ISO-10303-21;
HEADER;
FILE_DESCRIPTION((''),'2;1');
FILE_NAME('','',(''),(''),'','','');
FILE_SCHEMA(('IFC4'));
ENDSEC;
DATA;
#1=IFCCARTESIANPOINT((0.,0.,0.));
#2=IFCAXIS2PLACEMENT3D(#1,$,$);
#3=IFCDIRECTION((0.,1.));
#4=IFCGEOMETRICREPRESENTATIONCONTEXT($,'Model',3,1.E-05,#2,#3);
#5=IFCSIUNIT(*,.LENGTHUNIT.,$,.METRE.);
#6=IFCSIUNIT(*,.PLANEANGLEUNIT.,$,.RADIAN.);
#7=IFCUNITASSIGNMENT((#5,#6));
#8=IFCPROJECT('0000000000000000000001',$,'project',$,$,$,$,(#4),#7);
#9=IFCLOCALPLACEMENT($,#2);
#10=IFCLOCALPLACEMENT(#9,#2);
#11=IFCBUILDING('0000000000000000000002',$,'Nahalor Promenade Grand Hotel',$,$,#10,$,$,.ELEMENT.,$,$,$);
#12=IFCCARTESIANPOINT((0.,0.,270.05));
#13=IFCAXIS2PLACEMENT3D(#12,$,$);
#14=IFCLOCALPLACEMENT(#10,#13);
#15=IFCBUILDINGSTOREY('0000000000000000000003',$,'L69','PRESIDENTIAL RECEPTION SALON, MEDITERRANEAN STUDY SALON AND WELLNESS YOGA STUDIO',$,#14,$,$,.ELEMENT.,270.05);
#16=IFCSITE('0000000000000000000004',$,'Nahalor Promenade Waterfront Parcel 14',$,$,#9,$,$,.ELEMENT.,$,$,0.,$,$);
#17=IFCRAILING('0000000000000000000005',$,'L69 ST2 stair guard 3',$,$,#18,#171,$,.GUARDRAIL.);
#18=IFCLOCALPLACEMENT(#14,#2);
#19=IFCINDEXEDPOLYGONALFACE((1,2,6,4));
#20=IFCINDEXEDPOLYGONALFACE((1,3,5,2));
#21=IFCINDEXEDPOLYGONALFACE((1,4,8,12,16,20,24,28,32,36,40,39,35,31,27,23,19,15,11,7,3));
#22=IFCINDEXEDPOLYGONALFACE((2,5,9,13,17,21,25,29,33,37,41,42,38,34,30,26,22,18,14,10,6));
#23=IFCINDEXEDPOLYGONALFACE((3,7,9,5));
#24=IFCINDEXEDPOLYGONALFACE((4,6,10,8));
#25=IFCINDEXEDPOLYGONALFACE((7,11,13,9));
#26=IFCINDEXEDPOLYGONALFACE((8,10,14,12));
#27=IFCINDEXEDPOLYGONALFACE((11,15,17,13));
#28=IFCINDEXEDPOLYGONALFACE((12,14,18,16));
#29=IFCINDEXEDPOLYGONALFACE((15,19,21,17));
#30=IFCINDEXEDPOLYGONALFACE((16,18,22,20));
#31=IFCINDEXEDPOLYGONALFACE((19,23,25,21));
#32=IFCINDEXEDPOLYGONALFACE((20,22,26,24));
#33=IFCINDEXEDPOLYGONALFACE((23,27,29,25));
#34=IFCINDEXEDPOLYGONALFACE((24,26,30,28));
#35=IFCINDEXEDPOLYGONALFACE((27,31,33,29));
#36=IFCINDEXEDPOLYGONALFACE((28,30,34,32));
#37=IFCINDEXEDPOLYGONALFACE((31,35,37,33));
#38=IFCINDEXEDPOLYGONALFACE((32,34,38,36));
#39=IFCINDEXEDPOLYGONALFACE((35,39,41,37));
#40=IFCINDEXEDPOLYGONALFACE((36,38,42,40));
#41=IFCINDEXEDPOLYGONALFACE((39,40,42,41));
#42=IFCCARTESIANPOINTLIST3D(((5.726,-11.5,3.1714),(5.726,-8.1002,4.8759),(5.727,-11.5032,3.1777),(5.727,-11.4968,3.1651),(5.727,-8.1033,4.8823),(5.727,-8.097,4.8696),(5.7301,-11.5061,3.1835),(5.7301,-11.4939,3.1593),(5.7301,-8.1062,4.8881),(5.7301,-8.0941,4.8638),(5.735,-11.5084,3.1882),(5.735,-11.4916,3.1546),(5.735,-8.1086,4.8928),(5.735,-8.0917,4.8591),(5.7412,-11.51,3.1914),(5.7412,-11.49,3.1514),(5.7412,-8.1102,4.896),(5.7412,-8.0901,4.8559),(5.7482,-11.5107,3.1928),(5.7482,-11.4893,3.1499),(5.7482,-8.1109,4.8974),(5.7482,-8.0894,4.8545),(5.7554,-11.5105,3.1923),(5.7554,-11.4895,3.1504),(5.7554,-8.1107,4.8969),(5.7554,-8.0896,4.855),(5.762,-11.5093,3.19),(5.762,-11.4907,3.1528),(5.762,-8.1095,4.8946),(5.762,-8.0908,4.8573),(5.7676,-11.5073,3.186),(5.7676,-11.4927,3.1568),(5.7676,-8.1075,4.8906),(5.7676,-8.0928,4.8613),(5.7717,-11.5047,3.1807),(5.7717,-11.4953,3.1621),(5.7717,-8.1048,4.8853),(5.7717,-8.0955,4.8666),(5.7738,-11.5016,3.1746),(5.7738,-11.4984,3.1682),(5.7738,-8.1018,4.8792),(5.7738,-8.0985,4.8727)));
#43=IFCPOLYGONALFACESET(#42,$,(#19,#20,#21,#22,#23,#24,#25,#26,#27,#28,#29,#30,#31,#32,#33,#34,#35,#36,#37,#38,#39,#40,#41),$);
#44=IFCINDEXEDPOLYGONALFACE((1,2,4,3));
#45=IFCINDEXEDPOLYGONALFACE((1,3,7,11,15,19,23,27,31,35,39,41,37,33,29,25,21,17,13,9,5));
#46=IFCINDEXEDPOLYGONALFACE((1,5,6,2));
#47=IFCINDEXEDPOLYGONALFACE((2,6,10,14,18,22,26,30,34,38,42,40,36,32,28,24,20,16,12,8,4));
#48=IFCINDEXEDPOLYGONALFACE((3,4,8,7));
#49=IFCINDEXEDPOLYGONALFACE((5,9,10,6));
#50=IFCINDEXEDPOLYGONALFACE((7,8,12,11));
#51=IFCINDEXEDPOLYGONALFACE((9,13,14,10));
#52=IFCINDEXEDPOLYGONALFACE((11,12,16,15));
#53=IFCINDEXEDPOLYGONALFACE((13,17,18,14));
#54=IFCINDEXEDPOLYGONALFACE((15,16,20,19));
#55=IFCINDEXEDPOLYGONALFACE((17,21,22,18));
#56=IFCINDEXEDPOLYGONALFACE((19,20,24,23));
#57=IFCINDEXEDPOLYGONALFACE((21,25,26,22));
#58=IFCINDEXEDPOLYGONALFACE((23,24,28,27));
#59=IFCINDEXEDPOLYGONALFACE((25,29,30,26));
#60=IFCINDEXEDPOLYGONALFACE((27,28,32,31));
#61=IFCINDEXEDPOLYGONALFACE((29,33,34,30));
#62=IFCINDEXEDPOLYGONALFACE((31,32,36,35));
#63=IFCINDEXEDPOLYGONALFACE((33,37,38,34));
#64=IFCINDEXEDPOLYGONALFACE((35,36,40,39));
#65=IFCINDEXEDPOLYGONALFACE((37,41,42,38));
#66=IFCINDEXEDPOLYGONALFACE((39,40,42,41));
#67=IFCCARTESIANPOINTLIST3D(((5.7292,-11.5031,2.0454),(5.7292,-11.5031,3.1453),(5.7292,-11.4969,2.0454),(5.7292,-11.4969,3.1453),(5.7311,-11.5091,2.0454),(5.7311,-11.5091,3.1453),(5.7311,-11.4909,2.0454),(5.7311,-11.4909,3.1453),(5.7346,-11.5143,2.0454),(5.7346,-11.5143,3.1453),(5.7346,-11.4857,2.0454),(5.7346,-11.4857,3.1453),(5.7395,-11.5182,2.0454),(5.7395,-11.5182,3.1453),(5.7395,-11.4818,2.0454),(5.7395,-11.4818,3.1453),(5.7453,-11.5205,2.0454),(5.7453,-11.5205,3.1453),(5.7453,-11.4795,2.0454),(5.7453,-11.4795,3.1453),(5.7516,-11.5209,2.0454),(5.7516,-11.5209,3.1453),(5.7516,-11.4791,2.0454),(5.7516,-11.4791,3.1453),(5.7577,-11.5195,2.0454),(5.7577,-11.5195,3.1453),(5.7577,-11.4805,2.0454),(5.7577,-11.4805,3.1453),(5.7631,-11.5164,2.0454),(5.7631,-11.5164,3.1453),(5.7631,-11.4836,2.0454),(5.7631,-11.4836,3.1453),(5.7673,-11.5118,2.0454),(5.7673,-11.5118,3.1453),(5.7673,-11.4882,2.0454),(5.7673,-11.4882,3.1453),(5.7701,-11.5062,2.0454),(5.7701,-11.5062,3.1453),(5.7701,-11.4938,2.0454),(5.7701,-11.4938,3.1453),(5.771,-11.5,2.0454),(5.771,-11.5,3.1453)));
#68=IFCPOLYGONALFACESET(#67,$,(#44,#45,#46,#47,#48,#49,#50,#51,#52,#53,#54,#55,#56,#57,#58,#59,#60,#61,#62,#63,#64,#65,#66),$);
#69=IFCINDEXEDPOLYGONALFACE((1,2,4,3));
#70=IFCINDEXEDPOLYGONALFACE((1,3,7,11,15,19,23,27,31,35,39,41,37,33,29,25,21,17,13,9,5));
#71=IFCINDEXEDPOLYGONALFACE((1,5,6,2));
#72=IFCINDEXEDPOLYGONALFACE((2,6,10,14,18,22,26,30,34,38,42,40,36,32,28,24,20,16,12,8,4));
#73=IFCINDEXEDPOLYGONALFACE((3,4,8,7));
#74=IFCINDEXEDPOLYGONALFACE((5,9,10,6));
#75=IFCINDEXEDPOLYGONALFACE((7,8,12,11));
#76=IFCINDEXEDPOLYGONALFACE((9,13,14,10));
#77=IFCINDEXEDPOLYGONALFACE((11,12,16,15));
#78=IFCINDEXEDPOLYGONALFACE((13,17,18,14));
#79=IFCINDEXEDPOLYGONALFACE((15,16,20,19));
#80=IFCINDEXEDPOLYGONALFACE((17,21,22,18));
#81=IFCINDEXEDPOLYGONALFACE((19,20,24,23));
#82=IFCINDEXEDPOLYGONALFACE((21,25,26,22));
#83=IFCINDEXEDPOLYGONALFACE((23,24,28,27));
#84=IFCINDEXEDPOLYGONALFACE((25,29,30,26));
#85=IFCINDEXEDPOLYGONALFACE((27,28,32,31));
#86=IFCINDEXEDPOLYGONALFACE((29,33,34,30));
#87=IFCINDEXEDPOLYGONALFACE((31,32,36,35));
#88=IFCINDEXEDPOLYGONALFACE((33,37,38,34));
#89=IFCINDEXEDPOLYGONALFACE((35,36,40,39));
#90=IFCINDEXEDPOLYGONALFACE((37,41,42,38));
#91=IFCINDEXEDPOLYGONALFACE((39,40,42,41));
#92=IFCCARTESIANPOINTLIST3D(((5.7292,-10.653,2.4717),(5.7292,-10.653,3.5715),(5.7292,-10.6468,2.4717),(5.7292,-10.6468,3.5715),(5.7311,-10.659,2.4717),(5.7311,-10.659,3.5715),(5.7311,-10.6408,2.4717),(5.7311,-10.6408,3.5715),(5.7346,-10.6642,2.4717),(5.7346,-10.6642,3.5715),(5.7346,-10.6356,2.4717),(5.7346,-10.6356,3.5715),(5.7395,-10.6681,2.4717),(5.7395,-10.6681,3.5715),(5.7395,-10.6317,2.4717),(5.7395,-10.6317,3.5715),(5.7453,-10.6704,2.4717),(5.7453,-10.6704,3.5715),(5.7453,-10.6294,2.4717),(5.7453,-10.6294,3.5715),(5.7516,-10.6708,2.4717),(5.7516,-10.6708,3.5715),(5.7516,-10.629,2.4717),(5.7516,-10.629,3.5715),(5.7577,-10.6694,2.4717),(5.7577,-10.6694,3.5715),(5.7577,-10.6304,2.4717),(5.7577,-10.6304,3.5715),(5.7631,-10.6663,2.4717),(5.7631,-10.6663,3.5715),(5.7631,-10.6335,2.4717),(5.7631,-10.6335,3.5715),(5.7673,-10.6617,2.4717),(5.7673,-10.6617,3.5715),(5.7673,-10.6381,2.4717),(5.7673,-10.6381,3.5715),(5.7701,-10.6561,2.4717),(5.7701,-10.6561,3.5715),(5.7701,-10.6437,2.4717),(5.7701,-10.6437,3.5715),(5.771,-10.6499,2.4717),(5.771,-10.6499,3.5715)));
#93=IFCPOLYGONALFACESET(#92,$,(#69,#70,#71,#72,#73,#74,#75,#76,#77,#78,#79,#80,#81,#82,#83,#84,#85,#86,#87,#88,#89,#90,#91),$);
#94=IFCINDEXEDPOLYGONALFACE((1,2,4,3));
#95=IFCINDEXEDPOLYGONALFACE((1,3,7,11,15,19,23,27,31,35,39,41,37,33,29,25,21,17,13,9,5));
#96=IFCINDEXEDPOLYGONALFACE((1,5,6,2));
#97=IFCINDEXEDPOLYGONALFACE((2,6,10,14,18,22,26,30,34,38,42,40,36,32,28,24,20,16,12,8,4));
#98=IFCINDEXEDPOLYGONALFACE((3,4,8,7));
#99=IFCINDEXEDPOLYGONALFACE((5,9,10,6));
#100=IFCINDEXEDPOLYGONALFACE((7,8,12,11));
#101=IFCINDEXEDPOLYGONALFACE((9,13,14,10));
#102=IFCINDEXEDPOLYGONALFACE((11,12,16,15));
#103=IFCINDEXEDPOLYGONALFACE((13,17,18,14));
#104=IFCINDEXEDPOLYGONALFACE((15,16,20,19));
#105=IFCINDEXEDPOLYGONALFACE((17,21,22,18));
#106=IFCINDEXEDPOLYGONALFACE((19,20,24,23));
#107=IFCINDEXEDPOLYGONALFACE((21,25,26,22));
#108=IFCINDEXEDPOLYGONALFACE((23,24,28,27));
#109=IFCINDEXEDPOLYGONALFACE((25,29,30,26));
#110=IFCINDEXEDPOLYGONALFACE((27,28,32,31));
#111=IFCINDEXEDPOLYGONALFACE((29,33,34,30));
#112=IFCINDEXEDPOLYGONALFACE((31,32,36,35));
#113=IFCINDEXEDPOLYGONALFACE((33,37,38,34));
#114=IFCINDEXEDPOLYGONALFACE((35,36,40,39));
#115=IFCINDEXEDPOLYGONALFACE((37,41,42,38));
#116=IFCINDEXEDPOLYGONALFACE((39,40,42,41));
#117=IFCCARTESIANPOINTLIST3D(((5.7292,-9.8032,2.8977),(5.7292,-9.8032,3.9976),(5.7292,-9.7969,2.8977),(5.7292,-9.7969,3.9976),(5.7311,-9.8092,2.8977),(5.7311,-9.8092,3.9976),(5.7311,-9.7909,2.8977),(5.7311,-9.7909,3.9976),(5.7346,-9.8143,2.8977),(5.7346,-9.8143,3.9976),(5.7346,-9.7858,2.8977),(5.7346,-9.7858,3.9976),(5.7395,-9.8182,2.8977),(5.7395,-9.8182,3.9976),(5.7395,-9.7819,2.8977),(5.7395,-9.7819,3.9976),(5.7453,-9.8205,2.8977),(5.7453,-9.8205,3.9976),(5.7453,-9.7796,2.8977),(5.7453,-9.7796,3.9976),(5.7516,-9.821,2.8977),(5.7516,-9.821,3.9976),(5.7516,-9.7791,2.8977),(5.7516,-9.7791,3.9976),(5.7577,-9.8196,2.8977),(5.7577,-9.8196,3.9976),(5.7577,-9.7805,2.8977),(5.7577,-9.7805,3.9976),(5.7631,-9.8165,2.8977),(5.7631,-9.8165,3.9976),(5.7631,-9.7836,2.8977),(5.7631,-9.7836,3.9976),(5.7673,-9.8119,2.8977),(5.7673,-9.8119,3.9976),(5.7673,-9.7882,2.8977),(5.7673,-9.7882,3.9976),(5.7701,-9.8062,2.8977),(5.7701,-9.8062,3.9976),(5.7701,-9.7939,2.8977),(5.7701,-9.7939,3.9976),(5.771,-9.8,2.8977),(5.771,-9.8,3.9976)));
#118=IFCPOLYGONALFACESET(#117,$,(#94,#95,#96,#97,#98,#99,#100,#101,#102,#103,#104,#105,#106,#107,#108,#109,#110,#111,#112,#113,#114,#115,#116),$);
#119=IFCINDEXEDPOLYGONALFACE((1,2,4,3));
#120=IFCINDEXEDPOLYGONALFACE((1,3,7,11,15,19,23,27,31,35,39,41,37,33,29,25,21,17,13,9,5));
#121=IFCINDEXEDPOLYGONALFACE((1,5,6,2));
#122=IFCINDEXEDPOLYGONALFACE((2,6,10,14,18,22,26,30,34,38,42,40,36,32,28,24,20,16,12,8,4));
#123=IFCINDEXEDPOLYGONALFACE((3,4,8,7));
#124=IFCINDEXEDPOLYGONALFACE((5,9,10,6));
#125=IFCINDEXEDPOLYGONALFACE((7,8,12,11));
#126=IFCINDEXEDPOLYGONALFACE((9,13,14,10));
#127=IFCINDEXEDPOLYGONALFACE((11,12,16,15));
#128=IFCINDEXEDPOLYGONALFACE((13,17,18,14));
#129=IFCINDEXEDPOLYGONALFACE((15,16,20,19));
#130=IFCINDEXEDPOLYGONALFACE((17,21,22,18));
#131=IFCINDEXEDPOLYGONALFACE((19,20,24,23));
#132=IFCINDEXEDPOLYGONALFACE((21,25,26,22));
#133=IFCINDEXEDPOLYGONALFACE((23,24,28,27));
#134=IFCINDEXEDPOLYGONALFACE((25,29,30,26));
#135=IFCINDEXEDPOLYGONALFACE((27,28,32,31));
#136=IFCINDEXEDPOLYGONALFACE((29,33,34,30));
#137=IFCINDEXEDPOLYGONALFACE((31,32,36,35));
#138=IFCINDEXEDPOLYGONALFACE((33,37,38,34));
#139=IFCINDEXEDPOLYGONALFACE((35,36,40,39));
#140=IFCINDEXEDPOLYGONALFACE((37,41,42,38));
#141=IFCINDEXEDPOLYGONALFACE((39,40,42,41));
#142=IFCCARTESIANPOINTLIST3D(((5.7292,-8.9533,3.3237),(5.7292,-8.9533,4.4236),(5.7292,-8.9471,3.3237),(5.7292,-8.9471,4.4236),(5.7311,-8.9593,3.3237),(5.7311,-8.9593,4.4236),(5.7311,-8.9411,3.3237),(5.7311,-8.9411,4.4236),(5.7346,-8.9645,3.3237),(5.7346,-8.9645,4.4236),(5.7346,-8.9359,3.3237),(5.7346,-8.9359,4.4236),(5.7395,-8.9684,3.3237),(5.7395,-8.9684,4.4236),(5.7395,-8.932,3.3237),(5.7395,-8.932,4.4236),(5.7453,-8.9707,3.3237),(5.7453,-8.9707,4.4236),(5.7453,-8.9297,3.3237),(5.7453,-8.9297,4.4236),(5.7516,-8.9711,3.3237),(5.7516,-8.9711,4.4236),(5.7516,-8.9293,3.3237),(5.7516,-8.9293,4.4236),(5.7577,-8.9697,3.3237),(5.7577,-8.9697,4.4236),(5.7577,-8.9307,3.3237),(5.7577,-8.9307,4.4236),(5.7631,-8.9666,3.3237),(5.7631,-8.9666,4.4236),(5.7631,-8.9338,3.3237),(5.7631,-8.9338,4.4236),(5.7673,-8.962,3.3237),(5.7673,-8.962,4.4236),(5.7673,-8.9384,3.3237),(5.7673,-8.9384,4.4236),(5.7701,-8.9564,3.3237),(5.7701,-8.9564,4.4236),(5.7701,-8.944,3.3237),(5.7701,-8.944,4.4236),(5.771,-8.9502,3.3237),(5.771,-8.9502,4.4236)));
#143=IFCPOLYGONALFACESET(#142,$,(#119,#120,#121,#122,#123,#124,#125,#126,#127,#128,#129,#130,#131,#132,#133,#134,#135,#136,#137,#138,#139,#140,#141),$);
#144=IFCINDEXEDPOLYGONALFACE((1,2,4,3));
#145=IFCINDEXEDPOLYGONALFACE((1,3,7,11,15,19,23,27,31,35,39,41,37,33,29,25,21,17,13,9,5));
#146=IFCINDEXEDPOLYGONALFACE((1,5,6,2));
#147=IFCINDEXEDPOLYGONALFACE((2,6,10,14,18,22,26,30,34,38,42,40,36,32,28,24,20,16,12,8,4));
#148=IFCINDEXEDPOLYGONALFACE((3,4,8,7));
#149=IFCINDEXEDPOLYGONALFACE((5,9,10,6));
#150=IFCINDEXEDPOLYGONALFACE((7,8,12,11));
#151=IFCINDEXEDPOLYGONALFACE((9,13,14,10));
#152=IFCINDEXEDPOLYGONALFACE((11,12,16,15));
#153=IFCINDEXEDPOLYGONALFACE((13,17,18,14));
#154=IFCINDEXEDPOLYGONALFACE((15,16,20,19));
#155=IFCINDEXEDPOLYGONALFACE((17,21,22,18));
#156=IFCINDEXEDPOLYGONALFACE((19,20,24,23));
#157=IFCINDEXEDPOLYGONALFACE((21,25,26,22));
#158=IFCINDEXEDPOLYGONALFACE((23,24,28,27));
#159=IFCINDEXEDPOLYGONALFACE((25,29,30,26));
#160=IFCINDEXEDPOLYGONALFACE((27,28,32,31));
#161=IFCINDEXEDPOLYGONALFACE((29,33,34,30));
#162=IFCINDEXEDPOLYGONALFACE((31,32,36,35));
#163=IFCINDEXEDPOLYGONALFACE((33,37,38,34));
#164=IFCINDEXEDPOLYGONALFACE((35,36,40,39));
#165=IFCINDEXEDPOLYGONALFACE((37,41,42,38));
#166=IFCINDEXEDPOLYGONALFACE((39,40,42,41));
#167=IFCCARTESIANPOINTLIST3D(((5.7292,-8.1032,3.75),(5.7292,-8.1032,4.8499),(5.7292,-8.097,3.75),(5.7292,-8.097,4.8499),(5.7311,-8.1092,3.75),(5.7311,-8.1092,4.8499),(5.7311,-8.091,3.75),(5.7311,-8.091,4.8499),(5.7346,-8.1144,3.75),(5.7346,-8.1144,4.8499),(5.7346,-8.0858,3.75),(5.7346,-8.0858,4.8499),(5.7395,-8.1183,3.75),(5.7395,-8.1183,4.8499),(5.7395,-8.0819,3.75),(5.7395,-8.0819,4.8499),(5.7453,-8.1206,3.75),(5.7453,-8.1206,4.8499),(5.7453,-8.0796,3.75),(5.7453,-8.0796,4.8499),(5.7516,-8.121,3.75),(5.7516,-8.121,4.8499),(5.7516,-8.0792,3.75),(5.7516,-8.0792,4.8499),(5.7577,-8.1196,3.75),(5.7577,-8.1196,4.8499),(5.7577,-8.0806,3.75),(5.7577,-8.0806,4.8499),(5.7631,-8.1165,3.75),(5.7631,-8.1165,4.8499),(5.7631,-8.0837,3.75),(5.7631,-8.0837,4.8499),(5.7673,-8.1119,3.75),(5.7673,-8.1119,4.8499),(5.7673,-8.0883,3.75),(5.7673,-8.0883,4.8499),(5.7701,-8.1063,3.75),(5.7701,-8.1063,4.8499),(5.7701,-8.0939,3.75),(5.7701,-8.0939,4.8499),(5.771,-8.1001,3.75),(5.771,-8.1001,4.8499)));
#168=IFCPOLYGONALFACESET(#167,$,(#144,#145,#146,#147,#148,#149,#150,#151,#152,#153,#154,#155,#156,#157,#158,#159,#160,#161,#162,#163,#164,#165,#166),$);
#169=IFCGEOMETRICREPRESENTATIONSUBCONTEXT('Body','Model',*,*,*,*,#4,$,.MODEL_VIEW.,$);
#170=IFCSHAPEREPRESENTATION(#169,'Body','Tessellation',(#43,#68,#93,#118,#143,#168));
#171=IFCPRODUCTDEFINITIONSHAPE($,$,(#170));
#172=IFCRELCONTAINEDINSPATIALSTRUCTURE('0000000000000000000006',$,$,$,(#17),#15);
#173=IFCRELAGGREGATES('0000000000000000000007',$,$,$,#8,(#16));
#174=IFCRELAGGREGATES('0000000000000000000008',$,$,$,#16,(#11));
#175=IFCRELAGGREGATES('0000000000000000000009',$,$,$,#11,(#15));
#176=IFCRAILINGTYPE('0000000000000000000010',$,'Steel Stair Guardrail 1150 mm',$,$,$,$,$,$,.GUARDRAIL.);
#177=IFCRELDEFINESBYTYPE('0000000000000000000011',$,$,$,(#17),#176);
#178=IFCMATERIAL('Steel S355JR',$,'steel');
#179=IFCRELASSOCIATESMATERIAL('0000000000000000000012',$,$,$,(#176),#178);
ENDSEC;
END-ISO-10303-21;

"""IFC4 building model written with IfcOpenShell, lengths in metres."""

from ifc_helpers import new_model, si_unit, direction, frame, origin, origin_2d, place, context, subcontext, project, spatial, circle, extrude, material, type_object, element, save


model = new_model("IFC4")

# Units and contexts
model_context = context("Model", 3, precision=1e-05, world=origin(), true_north=direction((0.0, 1.0)))
body_context = subcontext(model_context, "Body", "Model", "MODEL_VIEW")
ifc_project = project(units=[si_unit("LENGTHUNIT", "METRE"), si_unit("PLANEANGLEUNIT", "RADIAN")], contexts=[model_context])

# Site, building, storey
site_placement = place(None, origin())
site = spatial("IfcSite", under=ifc_project, at=site_placement, Name="Nahalor Promenade Waterfront Parcel 14", CompositionType="ELEMENT", RefElevation=0.0)
building_placement = place(site_placement, origin())
building = spatial("IfcBuilding", under=site, at=building_placement, Name="Nahalor Promenade Grand Hotel", CompositionType="ELEMENT")
storey_placement = place(building_placement, frame((0.0, 0.0, 270.05)))
storey = spatial("IfcBuildingStorey", under=building, at=storey_placement, Name="L69", Description="PRESIDENTIAL RECEPTION SALON, MEDITERRANEAN STUDY SALON AND WELLNESS YOGA STUDIO", CompositionType="ELEMENT", Elevation=270.05)

# Shared definitions
ifc_material_1 = material(Name="Steel S355JR", Category="steel")

# Railing
railing_type_1 = type_object("IfcRailingType", Name="Steel Stair Guardrail 1150 mm", PredefinedType="GUARDRAIL", material=ifc_material_1)
railing_1_placement = place(storey_placement, frame((5.75, -11.5, 2.0454)))
element("IfcRailing", 1, at=railing_1_placement, inside=storey, type_object=railing_type_1, Name="L69 ST2 stair guard 3", PredefinedType="GUARDRAIL", context=body_context, shape_type="SweptSolid", body=[
    extrude(circle(Radius=0.024, at=origin_2d()), frame((0.0, 0.0, 1.126), z_axis=(0.0, 0.893939, 0.448189), x_axis=(-1.0, 0.0, 0.0)), (0.0, 0.0, 1.0), 3.8032),
    extrude(circle(Radius=0.021, at=origin_2d()), origin(), (0.0, 0.0, 1.0), 1.0999),
    extrude(circle(Radius=0.021, at=origin_2d()), frame((0.0, 0.8501, 0.4263)), (0.0, 0.0, 1.0), 1.0999),
    extrude(circle(Radius=0.021, at=origin_2d()), frame((0.0, 1.7, 0.8523)), (0.0, 0.0, 1.0), 1.0999),
    extrude(circle(Radius=0.021, at=origin_2d()), frame((0.0, 2.5498, 1.2783)), (0.0, 0.0, 1.0), 1.0999),
    extrude(circle(Radius=0.021, at=origin_2d()), frame((0.0, 3.3999, 1.7046)), (0.0, 0.0, 1.0), 1.0999),
])

save(model, "model.ifc")
